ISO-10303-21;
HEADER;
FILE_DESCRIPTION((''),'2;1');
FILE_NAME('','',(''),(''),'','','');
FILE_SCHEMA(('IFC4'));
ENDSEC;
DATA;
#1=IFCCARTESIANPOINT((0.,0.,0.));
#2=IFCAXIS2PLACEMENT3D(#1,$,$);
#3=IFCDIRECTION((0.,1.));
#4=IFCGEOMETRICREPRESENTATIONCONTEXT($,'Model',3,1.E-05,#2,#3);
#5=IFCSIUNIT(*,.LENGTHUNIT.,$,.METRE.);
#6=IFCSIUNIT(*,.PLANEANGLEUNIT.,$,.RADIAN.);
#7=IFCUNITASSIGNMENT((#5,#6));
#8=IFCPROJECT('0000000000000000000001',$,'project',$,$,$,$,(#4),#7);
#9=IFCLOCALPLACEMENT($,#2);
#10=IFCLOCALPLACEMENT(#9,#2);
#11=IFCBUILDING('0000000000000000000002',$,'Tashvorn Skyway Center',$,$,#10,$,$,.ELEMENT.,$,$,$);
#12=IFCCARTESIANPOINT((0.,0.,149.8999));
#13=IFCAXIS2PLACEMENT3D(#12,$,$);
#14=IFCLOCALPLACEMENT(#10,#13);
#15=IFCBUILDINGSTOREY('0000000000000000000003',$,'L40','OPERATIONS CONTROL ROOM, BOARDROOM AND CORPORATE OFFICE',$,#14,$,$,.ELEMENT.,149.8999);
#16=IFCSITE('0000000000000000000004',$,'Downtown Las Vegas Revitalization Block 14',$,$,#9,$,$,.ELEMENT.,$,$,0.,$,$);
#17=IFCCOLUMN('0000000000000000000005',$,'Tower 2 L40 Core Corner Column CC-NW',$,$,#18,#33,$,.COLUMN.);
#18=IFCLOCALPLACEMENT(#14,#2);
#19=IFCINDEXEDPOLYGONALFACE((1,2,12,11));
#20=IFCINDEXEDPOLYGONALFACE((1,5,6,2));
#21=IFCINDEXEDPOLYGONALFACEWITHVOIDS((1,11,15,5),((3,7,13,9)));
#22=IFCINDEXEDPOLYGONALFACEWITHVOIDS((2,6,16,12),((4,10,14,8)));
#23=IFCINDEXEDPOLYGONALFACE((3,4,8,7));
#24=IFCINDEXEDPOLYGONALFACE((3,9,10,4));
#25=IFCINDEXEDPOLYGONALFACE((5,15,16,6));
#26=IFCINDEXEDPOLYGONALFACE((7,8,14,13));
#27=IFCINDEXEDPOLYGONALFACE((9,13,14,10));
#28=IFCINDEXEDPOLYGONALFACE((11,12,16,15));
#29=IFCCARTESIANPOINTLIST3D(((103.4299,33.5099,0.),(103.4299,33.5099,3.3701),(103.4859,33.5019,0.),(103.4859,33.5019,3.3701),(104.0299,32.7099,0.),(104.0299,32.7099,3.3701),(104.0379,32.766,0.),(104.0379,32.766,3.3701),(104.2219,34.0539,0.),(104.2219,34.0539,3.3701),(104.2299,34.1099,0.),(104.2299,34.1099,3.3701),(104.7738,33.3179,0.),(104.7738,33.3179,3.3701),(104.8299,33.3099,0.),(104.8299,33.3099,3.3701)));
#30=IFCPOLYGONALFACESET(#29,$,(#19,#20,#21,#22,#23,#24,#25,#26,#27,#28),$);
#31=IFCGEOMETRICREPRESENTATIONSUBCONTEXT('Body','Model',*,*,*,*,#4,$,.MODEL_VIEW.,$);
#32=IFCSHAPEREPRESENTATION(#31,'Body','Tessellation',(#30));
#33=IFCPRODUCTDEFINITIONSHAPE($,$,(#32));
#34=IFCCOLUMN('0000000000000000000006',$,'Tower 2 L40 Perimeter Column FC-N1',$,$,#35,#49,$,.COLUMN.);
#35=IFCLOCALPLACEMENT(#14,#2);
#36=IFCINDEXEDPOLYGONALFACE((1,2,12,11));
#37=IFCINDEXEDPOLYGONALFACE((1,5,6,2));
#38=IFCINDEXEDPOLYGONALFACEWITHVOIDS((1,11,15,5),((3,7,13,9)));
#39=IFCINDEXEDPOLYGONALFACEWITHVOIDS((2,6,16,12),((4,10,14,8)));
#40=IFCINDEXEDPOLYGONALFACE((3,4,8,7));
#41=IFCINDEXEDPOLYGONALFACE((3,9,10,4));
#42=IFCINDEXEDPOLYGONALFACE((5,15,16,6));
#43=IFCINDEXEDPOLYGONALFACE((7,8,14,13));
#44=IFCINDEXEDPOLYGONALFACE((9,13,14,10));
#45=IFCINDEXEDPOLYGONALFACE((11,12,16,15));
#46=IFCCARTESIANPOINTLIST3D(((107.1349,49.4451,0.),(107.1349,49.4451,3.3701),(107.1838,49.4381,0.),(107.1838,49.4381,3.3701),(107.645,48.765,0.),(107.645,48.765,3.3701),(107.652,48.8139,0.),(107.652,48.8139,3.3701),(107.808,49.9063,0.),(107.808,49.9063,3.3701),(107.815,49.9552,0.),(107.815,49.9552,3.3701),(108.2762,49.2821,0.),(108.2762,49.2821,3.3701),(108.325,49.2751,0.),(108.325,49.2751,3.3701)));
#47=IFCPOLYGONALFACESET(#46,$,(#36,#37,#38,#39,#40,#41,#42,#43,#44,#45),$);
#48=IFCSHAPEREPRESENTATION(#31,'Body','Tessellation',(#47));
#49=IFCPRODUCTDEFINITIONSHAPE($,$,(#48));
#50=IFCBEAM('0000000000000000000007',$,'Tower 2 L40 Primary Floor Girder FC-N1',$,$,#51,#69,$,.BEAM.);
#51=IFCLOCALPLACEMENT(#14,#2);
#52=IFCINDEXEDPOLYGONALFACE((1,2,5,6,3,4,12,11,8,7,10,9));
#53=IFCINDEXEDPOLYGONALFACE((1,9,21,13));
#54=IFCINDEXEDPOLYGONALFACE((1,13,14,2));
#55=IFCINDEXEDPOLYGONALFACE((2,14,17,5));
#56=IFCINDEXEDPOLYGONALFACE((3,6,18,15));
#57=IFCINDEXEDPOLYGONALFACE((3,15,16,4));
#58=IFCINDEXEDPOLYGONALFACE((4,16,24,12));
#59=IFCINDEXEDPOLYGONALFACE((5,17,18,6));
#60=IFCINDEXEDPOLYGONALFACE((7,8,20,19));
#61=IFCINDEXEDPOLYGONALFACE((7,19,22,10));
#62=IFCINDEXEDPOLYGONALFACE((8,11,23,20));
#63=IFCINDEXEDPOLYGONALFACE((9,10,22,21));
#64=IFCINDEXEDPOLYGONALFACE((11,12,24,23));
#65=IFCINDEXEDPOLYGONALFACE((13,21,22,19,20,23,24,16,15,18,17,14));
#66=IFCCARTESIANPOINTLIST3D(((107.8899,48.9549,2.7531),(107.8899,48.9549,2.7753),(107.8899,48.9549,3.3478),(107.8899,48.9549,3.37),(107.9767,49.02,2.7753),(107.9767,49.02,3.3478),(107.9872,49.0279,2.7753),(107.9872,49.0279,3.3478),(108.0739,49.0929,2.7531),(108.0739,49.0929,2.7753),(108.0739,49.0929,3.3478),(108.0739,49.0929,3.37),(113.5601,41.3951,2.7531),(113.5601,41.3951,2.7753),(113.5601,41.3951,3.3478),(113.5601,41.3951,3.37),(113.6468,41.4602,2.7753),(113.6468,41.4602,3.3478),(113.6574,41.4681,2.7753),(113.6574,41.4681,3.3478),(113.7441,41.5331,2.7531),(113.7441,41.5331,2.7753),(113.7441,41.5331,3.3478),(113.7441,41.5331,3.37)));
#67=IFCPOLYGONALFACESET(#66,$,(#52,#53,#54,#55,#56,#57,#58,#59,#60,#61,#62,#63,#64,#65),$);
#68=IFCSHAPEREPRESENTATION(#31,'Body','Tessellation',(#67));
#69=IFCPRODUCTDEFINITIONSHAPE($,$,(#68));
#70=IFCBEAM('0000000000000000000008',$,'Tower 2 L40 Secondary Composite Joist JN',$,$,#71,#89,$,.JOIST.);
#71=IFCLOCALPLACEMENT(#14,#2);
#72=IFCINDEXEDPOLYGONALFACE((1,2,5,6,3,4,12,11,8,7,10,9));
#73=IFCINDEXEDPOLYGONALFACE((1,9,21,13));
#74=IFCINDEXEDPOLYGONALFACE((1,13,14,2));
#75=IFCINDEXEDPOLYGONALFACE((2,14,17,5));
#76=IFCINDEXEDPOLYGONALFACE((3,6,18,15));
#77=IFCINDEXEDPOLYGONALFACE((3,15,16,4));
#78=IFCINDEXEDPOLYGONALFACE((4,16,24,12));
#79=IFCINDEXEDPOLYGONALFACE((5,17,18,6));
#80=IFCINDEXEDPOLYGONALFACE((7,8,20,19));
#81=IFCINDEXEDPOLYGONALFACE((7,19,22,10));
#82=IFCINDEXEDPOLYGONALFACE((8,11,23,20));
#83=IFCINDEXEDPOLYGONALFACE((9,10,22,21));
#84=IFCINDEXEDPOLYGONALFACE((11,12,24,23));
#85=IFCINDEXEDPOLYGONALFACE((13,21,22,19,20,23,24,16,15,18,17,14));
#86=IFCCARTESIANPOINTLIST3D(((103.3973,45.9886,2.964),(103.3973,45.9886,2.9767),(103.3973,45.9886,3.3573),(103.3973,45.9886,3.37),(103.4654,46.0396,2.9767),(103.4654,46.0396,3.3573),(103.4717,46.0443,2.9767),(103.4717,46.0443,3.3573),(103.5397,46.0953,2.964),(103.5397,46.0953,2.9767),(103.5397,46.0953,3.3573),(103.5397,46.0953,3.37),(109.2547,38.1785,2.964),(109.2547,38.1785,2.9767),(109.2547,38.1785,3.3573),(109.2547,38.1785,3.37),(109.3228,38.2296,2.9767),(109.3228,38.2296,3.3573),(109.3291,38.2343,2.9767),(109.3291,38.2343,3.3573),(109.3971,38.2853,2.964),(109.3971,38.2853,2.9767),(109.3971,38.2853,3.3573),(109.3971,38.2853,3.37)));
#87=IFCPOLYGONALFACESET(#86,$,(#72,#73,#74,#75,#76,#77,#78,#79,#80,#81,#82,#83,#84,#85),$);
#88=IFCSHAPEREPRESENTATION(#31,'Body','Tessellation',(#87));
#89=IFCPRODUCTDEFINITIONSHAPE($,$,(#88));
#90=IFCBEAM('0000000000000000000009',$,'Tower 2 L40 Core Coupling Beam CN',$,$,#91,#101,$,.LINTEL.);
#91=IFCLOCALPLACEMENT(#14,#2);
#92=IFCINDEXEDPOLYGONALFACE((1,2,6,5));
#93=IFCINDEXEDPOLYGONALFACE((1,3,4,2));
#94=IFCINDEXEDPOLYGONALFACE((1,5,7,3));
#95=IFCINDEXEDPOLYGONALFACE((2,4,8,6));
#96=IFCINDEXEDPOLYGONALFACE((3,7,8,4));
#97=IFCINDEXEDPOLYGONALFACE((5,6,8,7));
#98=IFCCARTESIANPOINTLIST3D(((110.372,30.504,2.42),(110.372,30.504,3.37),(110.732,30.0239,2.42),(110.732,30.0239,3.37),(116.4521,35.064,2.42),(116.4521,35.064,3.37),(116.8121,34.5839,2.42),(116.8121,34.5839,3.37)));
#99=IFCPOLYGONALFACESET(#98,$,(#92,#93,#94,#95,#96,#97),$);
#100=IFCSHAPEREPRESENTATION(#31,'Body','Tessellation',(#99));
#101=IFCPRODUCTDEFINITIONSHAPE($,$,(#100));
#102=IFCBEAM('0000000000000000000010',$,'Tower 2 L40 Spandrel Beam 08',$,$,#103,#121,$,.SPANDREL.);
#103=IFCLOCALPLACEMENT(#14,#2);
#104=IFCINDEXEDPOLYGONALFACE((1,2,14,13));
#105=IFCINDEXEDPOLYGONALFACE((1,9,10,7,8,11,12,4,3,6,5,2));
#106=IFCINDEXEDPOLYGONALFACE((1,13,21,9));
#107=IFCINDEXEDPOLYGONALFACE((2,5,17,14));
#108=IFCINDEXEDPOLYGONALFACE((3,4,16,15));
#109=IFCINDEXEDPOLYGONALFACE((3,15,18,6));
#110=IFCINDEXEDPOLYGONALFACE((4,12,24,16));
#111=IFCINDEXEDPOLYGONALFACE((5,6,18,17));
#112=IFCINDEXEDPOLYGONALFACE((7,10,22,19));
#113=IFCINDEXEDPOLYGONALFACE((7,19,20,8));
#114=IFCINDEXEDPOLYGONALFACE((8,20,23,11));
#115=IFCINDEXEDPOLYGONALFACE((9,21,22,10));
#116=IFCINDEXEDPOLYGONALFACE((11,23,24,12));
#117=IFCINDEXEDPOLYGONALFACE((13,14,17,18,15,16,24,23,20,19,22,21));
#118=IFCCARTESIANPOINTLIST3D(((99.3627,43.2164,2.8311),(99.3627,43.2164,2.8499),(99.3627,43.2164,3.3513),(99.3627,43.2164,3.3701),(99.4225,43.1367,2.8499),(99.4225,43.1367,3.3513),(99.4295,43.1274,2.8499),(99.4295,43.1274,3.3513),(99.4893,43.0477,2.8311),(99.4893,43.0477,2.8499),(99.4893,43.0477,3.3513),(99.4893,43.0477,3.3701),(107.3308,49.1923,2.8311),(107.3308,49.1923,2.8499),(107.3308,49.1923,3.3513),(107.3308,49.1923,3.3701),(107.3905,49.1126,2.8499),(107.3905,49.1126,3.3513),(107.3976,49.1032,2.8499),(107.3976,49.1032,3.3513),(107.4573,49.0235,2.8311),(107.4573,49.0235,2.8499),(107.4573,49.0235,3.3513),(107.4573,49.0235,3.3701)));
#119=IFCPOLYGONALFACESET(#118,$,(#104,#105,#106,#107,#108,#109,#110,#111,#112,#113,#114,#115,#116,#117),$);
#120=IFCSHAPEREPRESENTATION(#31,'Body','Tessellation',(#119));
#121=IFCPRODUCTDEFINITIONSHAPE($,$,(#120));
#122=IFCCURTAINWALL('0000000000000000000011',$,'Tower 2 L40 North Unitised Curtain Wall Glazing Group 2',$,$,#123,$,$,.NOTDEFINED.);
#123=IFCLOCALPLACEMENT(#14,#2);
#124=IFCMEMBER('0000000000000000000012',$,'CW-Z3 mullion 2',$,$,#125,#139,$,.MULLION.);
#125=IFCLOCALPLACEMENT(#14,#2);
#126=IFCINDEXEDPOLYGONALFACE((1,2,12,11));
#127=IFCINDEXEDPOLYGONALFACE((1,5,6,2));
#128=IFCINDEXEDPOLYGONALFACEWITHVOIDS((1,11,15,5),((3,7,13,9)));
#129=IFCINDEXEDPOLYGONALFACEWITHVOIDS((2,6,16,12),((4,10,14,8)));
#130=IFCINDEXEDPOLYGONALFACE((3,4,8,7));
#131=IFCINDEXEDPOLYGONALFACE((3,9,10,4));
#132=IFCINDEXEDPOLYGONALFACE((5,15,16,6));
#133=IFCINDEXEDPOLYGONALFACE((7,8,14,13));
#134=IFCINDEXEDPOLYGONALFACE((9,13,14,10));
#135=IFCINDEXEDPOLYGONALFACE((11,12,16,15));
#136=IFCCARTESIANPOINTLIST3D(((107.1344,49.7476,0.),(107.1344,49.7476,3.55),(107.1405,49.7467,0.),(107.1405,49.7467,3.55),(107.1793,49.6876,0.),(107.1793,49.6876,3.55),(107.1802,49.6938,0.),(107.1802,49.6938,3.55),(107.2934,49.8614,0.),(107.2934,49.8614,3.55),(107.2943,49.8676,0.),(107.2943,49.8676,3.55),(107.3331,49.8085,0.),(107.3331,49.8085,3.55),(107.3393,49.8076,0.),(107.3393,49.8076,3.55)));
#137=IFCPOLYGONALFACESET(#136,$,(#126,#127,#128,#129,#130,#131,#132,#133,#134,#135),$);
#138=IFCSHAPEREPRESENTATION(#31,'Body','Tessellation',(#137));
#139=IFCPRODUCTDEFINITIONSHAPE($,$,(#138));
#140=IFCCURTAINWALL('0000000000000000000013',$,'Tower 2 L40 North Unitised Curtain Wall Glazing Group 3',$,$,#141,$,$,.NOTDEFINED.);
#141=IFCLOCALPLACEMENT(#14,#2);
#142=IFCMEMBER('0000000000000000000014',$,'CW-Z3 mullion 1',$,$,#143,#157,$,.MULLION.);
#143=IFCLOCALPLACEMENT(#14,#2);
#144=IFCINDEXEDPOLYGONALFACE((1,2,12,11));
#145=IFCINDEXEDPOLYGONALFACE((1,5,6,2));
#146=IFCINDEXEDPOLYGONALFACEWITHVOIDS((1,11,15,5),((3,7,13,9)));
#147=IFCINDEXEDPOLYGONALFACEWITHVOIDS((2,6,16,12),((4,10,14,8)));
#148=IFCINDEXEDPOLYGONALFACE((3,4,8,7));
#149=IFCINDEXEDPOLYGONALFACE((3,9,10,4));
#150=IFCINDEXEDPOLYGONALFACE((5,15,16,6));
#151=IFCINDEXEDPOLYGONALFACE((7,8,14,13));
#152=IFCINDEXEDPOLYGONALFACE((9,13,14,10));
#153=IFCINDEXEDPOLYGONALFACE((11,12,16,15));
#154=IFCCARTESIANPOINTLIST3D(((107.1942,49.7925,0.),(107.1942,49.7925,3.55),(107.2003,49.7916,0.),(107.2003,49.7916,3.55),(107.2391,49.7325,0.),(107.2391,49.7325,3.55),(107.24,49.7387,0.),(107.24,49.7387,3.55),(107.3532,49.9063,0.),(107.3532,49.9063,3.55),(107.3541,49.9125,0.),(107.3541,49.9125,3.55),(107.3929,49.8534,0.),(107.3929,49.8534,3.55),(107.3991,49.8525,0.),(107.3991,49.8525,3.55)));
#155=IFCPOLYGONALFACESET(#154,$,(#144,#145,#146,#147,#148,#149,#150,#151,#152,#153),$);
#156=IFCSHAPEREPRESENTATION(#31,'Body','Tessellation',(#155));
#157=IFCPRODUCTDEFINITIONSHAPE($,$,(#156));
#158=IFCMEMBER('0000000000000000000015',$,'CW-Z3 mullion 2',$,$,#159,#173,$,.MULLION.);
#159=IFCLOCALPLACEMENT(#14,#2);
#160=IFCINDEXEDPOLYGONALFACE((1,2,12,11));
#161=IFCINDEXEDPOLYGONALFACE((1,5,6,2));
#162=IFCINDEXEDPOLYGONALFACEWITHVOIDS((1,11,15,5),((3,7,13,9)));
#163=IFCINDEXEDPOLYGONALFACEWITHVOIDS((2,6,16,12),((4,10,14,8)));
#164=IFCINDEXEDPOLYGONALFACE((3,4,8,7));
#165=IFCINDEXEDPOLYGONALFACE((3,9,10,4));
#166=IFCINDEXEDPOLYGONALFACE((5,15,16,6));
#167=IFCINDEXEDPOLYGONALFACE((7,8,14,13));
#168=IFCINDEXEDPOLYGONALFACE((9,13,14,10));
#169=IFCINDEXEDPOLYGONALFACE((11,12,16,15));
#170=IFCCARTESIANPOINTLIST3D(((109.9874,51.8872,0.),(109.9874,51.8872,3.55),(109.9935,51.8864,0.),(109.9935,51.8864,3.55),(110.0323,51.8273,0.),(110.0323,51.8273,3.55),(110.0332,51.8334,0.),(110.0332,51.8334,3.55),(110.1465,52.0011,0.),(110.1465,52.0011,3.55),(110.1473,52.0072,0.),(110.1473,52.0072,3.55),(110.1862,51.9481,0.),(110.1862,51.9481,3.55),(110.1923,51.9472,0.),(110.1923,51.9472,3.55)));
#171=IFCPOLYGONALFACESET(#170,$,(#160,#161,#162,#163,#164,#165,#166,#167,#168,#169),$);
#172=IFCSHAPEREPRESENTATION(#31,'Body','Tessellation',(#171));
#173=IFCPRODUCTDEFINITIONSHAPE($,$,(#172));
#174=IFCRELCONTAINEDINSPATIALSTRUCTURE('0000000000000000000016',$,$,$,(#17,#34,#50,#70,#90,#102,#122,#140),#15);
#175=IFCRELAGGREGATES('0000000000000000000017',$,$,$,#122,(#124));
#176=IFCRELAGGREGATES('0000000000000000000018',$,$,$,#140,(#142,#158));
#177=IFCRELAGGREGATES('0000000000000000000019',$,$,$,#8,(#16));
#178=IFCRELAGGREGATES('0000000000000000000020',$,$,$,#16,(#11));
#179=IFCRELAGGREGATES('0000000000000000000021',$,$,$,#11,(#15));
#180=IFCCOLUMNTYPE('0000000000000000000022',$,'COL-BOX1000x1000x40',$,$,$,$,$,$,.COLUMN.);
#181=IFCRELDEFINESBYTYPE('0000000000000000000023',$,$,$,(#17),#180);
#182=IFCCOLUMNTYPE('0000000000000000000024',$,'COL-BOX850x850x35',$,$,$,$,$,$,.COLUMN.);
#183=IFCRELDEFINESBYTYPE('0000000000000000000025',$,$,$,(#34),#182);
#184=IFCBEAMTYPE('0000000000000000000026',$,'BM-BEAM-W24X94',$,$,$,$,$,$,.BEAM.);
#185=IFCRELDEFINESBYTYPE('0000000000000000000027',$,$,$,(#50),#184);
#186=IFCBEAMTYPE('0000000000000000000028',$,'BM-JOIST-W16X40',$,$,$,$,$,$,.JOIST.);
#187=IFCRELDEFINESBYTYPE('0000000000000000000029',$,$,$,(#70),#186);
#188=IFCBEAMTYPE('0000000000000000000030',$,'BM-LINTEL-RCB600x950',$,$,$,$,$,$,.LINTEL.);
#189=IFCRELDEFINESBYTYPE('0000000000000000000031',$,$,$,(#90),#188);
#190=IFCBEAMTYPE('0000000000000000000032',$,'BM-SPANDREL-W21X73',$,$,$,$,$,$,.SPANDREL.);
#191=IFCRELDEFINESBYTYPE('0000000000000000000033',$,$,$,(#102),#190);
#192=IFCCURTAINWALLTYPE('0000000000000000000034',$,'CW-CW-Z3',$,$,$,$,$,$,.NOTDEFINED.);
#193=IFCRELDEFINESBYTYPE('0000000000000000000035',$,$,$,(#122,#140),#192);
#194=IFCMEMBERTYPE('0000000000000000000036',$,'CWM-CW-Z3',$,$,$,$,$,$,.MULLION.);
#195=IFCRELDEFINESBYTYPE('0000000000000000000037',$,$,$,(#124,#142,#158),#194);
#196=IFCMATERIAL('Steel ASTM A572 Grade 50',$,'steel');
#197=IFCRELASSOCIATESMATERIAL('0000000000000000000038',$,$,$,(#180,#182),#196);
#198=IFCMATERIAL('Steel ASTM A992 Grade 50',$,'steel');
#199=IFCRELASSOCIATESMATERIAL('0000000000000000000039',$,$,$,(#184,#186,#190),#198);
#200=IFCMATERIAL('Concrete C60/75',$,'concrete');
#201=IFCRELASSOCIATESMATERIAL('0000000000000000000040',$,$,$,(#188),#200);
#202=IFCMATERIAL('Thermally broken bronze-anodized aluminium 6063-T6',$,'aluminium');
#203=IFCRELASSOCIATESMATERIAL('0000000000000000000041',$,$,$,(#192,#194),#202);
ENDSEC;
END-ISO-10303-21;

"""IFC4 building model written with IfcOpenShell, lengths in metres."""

from ifc_helpers import new_model, si_unit, direction, frame, origin, origin_2d, place, context, subcontext, project, spatial, rectangle, hollow_rectangle, i_section, extrude, material, material_profile, profile_set, type_object, element, aggregate, save


model = new_model("IFC4")

# Units and contexts
model_context = context("Model", 3, precision=1e-05, world=origin(), true_north=direction((0.0, 1.0)))
body_context = subcontext(model_context, "Body", "Model", "MODEL_VIEW")
ifc_project = project(units=[si_unit("LENGTHUNIT", "METRE"), si_unit("PLANEANGLEUNIT", "RADIAN")], contexts=[model_context])

# Site, building, storey
site_placement = place(None, origin())
site = spatial("IfcSite", under=ifc_project, at=site_placement, Name="Downtown Las Vegas Revitalization Block 14", CompositionType="ELEMENT", RefElevation=0.0)
building_placement = place(site_placement, origin())
building = spatial("IfcBuilding", under=site, at=building_placement, Name="Tashvorn Skyway Center", CompositionType="ELEMENT")
storey_placement = place(building_placement, frame((0.0, 0.0, 149.8999)))
storey = spatial("IfcBuildingStorey", under=building, at=storey_placement, Name="L40", Description="OPERATIONS CONTROL ROOM, BOARDROOM AND CORPORATE OFFICE", CompositionType="ELEMENT", Elevation=149.8999)

# Columns
ifc_material_1 = material(Name="Steel ASTM A572 Grade 50", Category="steel")
ifc_material_profile_1 = material_profile(ifc_material_1, hollow_rectangle(XDim=1.0, YDim=1.0, WallThickness=0.04, at=origin_2d()), Name="BOX1000x1000x40")
ifc_profile_set_1 = profile_set([ifc_material_profile_1], Name="Steel ASTM A572 Grade 50")
column_type_1 = type_object("IfcColumnType", Name="COL-BOX1000x1000x40", PredefinedType="COLUMN", material=ifc_profile_set_1)
column_1_placement = place(storey_placement, frame((104.1299, 33.4099, 0.0), z_axis=(0.0, 0.0, 1.0), x_axis=(0.8, 0.6, 0.0)))
element("IfcColumn", 1, at=column_1_placement, inside=storey, type_object=column_type_1, Name="Tower 2 L40 Core Corner Column CC-NW", PredefinedType="COLUMN", context=body_context, shape_type="SweptSolid", body=[
    extrude(hollow_rectangle(XDim=1.0, YDim=1.0, WallThickness=0.04, at=origin_2d()), origin(), (0.0, 0.0, 1.0), 3.3701),
])
ifc_material_profile_2 = material_profile(ifc_material_1, hollow_rectangle(XDim=0.8501, YDim=0.8501, WallThickness=0.0349, at=origin_2d()), Name="BOX850x850x35")
ifc_profile_set_2 = profile_set([ifc_material_profile_2], Name="Steel ASTM A572 Grade 50")
column_type_2 = type_object("IfcColumnType", Name="COL-BOX850x850x35", PredefinedType="COLUMN", material=ifc_profile_set_2)
column_2_placement = place(storey_placement, frame((107.73, 49.3601, 0.0), z_axis=(0.0, 0.0, 1.0), x_axis=(0.8, 0.6, 0.0)))
element("IfcColumn", 2, at=column_2_placement, inside=storey, type_object=column_type_2, Name="Tower 2 L40 Perimeter Column FC-N1", PredefinedType="COLUMN", context=body_context, shape_type="SweptSolid", body=[
    extrude(hollow_rectangle(XDim=0.8501, YDim=0.8501, WallThickness=0.0349, at=origin_2d()), origin(), (0.0, 0.0, 1.0), 3.3701),
])

# Beams
ifc_material_2 = material(Name="Steel ASTM A992 Grade 50", Category="steel")
ifc_material_profile_3 = material_profile(ifc_material_2, i_section(OverallWidth=0.23, OverallDepth=0.6169, WebThickness=0.0132, FlangeThickness=0.0222, at=origin_2d()), Name="W24X94")
ifc_profile_set_3 = profile_set([ifc_material_profile_3], Name="Steel ASTM A992 Grade 50")
beam_type_1 = type_object("IfcBeamType", Name="BM-BEAM-W24X94", PredefinedType="BEAM", material=ifc_profile_set_3)
beam_1_placement = place(storey_placement, frame((107.9819, 49.0239, 3.0615), z_axis=(0.600021, -0.799984, 0.0), x_axis=(0.799984, 0.600021, 0.0)))
element("IfcBeam", 3, at=beam_1_placement, inside=storey, type_object=beam_type_1, Name="Tower 2 L40 Primary Floor Girder FC-N1", PredefinedType="BEAM", context=body_context, shape_type="SweptSolid", body=[
    extrude(i_section(OverallWidth=0.23, OverallDepth=0.6169, WebThickness=0.0132, FlangeThickness=0.0222, at=origin_2d()), origin(), (0.0, 0.0, 1.0), 9.45),
])
ifc_material_profile_4 = material_profile(ifc_material_2, i_section(OverallWidth=0.178, OverallDepth=0.406, WebThickness=0.0078, FlangeThickness=0.0127, at=origin_2d()), Name="W16X40")
ifc_profile_set_4 = profile_set([ifc_material_profile_4], Name="Steel ASTM A992 Grade 50")
beam_type_2 = type_object("IfcBeamType", Name="BM-JOIST-W16X40", PredefinedType="JOIST", material=ifc_profile_set_4)
beam_2_placement = place(storey_placement, frame((109.3259, 38.2319, 3.167), z_axis=(-0.599992, 0.800006, 0.0), x_axis=(-0.800006, -0.599992, 0.0)))
element("IfcBeam", 4, at=beam_2_placement, inside=storey, type_object=beam_type_2, Name="Tower 2 L40 Secondary Composite Joist JN", PredefinedType="JOIST", context=body_context, shape_type="SweptSolid", body=[
    extrude(i_section(OverallWidth=0.178, OverallDepth=0.406, WebThickness=0.0078, FlangeThickness=0.0127, at=origin_2d()), origin(), (0.0, 0.0, 1.0), 9.7625),
])
ifc_material_3 = material(Name="Concrete C60/75", Category="concrete")
ifc_material_profile_5 = material_profile(ifc_material_3, rectangle(XDim=0.6001, YDim=0.95, at=origin_2d()), Name="RCB600x950")
ifc_profile_set_5 = profile_set([ifc_material_profile_5], Name="Concrete C60/75")
beam_type_3 = type_object("IfcBeamType", Name="BM-LINTEL-RCB600x950", PredefinedType="LINTEL", material=ifc_profile_set_5)
beam_3_placement = place(storey_placement, frame((110.552, 30.2639, 2.895), z_axis=(0.8, 0.6, 0.0), x_axis=(-0.6, 0.8, 0.0)))
element("IfcBeam", 5, at=beam_3_placement, inside=storey, type_object=beam_type_3, Name="Tower 2 L40 Core Coupling Beam CN", PredefinedType="LINTEL", context=body_context, shape_type="SweptSolid", body=[
    extrude(rectangle(XDim=0.6001, YDim=0.95, at=origin_2d()), origin(), (0.0, 0.0, 1.0), 7.6001),
])
ifc_material_profile_6 = material_profile(ifc_material_2, i_section(OverallWidth=0.2109, OverallDepth=0.5391, WebThickness=0.0117, FlangeThickness=0.0188, at=origin_2d()), Name="W21X73")
ifc_profile_set_6 = profile_set([ifc_material_profile_6], Name="Steel ASTM A992 Grade 50")
beam_type_4 = type_object("IfcBeamType", Name="BM-SPANDREL-W21X73", PredefinedType="SPANDREL", material=ifc_profile_set_6)
beam_4_placement = place(storey_placement, frame((107.394, 49.1079, 3.1006), z_axis=(-0.800009, -0.599988, 0.0), x_axis=(0.599988, -0.800009, 0.0)))
element("IfcBeam", 6, at=beam_4_placement, inside=storey, type_object=beam_type_4, Name="Tower 2 L40 Spandrel Beam 08", PredefinedType="SPANDREL", context=body_context, shape_type="SweptSolid", body=[
    extrude(i_section(OverallWidth=0.2109, OverallDepth=0.5391, WebThickness=0.0117, FlangeThickness=0.0188, at=origin_2d()), origin(), (0.0, 0.0, 1.0), 9.96),
])

# Curtain wall, member
ifc_material_4 = material(Name="Thermally broken bronze-anodized aluminium 6063-T6", Category="aluminium")
curtain_wall_type = type_object("IfcCurtainWallType", Name="CW-CW-Z3", PredefinedType="NOTDEFINED", material=ifc_material_4)
curtain_wall_1_placement = place(storey_placement, origin())
curtain_wall_1 = element("IfcCurtainWall", 7, at=curtain_wall_1_placement, inside=storey, type_object=curtain_wall_type, Name="Tower 2 L40 North Unitised Curtain Wall Glazing Group 2", PredefinedType="NOTDEFINED")
ifc_material_profile_7 = material_profile(ifc_material_4, hollow_rectangle(XDim=0.075, YDim=0.2, WallThickness=0.0044, at=origin_2d()), Name="ALU-MULL-75x200")
ifc_profile_set_7 = profile_set([ifc_material_profile_7], Name="Thermally broken bronze-anodized aluminium 6063-T6")
member_type_1 = type_object("IfcMemberType", Name="CWM-CW-Z3", PredefinedType="MULLION", material=ifc_profile_set_7)
member_1_placement = place(storey_placement, frame((107.2368, 49.7776, 0.0), z_axis=(0.0, 0.0, 1.0), x_axis=(-0.599997, 0.800002, 0.0)))
member_1 = element("IfcMember", 8, at=member_1_placement, type_object=member_type_1, Name="CW-Z3 mullion 2", PredefinedType="MULLION", context=body_context, shape_type="SweptSolid", body=[
    extrude(hollow_rectangle(XDim=0.075, YDim=0.2, WallThickness=0.0044, at=origin_2d()), origin(), (0.0, 0.0, 1.0), 3.55),
])

# Curtain wall, members
curtain_wall_2_placement = place(storey_placement, origin())
curtain_wall_2 = element("IfcCurtainWall", 9, at=curtain_wall_2_placement, inside=storey, type_object=curtain_wall_type, Name="Tower 2 L40 North Unitised Curtain Wall Glazing Group 3", PredefinedType="NOTDEFINED")
member_2_placement = place(storey_placement, frame((107.2966, 49.8225, 0.0), z_axis=(0.0, 0.0, 1.0), x_axis=(-0.600005, 0.799997, 0.0)))
member_2 = element("IfcMember", 10, at=member_2_placement, type_object=member_type_1, Name="CW-Z3 mullion 1", PredefinedType="MULLION", context=body_context, shape_type="SweptSolid", body=[
    extrude(hollow_rectangle(XDim=0.075, YDim=0.2, WallThickness=0.0044, at=origin_2d()), origin(), (0.0, 0.0, 1.0), 3.55),
])
member_3_placement = place(storey_placement, frame((110.0898, 51.9172, 0.0), z_axis=(0.0, 0.0, 1.0), x_axis=(-0.600005, 0.799997, 0.0)))
member_3 = element("IfcMember", 11, at=member_3_placement, type_object=member_type_1, Name="CW-Z3 mullion 2", PredefinedType="MULLION", context=body_context, shape_type="SweptSolid", body=[
    extrude(hollow_rectangle(XDim=0.075, YDim=0.2, WallThickness=0.0044, at=origin_2d()), origin(), (0.0, 0.0, 1.0), 3.55),
])

aggregate(curtain_wall_1, [member_1])
aggregate(curtain_wall_2, [member_2, member_3])

save(model, "model.ifc")
